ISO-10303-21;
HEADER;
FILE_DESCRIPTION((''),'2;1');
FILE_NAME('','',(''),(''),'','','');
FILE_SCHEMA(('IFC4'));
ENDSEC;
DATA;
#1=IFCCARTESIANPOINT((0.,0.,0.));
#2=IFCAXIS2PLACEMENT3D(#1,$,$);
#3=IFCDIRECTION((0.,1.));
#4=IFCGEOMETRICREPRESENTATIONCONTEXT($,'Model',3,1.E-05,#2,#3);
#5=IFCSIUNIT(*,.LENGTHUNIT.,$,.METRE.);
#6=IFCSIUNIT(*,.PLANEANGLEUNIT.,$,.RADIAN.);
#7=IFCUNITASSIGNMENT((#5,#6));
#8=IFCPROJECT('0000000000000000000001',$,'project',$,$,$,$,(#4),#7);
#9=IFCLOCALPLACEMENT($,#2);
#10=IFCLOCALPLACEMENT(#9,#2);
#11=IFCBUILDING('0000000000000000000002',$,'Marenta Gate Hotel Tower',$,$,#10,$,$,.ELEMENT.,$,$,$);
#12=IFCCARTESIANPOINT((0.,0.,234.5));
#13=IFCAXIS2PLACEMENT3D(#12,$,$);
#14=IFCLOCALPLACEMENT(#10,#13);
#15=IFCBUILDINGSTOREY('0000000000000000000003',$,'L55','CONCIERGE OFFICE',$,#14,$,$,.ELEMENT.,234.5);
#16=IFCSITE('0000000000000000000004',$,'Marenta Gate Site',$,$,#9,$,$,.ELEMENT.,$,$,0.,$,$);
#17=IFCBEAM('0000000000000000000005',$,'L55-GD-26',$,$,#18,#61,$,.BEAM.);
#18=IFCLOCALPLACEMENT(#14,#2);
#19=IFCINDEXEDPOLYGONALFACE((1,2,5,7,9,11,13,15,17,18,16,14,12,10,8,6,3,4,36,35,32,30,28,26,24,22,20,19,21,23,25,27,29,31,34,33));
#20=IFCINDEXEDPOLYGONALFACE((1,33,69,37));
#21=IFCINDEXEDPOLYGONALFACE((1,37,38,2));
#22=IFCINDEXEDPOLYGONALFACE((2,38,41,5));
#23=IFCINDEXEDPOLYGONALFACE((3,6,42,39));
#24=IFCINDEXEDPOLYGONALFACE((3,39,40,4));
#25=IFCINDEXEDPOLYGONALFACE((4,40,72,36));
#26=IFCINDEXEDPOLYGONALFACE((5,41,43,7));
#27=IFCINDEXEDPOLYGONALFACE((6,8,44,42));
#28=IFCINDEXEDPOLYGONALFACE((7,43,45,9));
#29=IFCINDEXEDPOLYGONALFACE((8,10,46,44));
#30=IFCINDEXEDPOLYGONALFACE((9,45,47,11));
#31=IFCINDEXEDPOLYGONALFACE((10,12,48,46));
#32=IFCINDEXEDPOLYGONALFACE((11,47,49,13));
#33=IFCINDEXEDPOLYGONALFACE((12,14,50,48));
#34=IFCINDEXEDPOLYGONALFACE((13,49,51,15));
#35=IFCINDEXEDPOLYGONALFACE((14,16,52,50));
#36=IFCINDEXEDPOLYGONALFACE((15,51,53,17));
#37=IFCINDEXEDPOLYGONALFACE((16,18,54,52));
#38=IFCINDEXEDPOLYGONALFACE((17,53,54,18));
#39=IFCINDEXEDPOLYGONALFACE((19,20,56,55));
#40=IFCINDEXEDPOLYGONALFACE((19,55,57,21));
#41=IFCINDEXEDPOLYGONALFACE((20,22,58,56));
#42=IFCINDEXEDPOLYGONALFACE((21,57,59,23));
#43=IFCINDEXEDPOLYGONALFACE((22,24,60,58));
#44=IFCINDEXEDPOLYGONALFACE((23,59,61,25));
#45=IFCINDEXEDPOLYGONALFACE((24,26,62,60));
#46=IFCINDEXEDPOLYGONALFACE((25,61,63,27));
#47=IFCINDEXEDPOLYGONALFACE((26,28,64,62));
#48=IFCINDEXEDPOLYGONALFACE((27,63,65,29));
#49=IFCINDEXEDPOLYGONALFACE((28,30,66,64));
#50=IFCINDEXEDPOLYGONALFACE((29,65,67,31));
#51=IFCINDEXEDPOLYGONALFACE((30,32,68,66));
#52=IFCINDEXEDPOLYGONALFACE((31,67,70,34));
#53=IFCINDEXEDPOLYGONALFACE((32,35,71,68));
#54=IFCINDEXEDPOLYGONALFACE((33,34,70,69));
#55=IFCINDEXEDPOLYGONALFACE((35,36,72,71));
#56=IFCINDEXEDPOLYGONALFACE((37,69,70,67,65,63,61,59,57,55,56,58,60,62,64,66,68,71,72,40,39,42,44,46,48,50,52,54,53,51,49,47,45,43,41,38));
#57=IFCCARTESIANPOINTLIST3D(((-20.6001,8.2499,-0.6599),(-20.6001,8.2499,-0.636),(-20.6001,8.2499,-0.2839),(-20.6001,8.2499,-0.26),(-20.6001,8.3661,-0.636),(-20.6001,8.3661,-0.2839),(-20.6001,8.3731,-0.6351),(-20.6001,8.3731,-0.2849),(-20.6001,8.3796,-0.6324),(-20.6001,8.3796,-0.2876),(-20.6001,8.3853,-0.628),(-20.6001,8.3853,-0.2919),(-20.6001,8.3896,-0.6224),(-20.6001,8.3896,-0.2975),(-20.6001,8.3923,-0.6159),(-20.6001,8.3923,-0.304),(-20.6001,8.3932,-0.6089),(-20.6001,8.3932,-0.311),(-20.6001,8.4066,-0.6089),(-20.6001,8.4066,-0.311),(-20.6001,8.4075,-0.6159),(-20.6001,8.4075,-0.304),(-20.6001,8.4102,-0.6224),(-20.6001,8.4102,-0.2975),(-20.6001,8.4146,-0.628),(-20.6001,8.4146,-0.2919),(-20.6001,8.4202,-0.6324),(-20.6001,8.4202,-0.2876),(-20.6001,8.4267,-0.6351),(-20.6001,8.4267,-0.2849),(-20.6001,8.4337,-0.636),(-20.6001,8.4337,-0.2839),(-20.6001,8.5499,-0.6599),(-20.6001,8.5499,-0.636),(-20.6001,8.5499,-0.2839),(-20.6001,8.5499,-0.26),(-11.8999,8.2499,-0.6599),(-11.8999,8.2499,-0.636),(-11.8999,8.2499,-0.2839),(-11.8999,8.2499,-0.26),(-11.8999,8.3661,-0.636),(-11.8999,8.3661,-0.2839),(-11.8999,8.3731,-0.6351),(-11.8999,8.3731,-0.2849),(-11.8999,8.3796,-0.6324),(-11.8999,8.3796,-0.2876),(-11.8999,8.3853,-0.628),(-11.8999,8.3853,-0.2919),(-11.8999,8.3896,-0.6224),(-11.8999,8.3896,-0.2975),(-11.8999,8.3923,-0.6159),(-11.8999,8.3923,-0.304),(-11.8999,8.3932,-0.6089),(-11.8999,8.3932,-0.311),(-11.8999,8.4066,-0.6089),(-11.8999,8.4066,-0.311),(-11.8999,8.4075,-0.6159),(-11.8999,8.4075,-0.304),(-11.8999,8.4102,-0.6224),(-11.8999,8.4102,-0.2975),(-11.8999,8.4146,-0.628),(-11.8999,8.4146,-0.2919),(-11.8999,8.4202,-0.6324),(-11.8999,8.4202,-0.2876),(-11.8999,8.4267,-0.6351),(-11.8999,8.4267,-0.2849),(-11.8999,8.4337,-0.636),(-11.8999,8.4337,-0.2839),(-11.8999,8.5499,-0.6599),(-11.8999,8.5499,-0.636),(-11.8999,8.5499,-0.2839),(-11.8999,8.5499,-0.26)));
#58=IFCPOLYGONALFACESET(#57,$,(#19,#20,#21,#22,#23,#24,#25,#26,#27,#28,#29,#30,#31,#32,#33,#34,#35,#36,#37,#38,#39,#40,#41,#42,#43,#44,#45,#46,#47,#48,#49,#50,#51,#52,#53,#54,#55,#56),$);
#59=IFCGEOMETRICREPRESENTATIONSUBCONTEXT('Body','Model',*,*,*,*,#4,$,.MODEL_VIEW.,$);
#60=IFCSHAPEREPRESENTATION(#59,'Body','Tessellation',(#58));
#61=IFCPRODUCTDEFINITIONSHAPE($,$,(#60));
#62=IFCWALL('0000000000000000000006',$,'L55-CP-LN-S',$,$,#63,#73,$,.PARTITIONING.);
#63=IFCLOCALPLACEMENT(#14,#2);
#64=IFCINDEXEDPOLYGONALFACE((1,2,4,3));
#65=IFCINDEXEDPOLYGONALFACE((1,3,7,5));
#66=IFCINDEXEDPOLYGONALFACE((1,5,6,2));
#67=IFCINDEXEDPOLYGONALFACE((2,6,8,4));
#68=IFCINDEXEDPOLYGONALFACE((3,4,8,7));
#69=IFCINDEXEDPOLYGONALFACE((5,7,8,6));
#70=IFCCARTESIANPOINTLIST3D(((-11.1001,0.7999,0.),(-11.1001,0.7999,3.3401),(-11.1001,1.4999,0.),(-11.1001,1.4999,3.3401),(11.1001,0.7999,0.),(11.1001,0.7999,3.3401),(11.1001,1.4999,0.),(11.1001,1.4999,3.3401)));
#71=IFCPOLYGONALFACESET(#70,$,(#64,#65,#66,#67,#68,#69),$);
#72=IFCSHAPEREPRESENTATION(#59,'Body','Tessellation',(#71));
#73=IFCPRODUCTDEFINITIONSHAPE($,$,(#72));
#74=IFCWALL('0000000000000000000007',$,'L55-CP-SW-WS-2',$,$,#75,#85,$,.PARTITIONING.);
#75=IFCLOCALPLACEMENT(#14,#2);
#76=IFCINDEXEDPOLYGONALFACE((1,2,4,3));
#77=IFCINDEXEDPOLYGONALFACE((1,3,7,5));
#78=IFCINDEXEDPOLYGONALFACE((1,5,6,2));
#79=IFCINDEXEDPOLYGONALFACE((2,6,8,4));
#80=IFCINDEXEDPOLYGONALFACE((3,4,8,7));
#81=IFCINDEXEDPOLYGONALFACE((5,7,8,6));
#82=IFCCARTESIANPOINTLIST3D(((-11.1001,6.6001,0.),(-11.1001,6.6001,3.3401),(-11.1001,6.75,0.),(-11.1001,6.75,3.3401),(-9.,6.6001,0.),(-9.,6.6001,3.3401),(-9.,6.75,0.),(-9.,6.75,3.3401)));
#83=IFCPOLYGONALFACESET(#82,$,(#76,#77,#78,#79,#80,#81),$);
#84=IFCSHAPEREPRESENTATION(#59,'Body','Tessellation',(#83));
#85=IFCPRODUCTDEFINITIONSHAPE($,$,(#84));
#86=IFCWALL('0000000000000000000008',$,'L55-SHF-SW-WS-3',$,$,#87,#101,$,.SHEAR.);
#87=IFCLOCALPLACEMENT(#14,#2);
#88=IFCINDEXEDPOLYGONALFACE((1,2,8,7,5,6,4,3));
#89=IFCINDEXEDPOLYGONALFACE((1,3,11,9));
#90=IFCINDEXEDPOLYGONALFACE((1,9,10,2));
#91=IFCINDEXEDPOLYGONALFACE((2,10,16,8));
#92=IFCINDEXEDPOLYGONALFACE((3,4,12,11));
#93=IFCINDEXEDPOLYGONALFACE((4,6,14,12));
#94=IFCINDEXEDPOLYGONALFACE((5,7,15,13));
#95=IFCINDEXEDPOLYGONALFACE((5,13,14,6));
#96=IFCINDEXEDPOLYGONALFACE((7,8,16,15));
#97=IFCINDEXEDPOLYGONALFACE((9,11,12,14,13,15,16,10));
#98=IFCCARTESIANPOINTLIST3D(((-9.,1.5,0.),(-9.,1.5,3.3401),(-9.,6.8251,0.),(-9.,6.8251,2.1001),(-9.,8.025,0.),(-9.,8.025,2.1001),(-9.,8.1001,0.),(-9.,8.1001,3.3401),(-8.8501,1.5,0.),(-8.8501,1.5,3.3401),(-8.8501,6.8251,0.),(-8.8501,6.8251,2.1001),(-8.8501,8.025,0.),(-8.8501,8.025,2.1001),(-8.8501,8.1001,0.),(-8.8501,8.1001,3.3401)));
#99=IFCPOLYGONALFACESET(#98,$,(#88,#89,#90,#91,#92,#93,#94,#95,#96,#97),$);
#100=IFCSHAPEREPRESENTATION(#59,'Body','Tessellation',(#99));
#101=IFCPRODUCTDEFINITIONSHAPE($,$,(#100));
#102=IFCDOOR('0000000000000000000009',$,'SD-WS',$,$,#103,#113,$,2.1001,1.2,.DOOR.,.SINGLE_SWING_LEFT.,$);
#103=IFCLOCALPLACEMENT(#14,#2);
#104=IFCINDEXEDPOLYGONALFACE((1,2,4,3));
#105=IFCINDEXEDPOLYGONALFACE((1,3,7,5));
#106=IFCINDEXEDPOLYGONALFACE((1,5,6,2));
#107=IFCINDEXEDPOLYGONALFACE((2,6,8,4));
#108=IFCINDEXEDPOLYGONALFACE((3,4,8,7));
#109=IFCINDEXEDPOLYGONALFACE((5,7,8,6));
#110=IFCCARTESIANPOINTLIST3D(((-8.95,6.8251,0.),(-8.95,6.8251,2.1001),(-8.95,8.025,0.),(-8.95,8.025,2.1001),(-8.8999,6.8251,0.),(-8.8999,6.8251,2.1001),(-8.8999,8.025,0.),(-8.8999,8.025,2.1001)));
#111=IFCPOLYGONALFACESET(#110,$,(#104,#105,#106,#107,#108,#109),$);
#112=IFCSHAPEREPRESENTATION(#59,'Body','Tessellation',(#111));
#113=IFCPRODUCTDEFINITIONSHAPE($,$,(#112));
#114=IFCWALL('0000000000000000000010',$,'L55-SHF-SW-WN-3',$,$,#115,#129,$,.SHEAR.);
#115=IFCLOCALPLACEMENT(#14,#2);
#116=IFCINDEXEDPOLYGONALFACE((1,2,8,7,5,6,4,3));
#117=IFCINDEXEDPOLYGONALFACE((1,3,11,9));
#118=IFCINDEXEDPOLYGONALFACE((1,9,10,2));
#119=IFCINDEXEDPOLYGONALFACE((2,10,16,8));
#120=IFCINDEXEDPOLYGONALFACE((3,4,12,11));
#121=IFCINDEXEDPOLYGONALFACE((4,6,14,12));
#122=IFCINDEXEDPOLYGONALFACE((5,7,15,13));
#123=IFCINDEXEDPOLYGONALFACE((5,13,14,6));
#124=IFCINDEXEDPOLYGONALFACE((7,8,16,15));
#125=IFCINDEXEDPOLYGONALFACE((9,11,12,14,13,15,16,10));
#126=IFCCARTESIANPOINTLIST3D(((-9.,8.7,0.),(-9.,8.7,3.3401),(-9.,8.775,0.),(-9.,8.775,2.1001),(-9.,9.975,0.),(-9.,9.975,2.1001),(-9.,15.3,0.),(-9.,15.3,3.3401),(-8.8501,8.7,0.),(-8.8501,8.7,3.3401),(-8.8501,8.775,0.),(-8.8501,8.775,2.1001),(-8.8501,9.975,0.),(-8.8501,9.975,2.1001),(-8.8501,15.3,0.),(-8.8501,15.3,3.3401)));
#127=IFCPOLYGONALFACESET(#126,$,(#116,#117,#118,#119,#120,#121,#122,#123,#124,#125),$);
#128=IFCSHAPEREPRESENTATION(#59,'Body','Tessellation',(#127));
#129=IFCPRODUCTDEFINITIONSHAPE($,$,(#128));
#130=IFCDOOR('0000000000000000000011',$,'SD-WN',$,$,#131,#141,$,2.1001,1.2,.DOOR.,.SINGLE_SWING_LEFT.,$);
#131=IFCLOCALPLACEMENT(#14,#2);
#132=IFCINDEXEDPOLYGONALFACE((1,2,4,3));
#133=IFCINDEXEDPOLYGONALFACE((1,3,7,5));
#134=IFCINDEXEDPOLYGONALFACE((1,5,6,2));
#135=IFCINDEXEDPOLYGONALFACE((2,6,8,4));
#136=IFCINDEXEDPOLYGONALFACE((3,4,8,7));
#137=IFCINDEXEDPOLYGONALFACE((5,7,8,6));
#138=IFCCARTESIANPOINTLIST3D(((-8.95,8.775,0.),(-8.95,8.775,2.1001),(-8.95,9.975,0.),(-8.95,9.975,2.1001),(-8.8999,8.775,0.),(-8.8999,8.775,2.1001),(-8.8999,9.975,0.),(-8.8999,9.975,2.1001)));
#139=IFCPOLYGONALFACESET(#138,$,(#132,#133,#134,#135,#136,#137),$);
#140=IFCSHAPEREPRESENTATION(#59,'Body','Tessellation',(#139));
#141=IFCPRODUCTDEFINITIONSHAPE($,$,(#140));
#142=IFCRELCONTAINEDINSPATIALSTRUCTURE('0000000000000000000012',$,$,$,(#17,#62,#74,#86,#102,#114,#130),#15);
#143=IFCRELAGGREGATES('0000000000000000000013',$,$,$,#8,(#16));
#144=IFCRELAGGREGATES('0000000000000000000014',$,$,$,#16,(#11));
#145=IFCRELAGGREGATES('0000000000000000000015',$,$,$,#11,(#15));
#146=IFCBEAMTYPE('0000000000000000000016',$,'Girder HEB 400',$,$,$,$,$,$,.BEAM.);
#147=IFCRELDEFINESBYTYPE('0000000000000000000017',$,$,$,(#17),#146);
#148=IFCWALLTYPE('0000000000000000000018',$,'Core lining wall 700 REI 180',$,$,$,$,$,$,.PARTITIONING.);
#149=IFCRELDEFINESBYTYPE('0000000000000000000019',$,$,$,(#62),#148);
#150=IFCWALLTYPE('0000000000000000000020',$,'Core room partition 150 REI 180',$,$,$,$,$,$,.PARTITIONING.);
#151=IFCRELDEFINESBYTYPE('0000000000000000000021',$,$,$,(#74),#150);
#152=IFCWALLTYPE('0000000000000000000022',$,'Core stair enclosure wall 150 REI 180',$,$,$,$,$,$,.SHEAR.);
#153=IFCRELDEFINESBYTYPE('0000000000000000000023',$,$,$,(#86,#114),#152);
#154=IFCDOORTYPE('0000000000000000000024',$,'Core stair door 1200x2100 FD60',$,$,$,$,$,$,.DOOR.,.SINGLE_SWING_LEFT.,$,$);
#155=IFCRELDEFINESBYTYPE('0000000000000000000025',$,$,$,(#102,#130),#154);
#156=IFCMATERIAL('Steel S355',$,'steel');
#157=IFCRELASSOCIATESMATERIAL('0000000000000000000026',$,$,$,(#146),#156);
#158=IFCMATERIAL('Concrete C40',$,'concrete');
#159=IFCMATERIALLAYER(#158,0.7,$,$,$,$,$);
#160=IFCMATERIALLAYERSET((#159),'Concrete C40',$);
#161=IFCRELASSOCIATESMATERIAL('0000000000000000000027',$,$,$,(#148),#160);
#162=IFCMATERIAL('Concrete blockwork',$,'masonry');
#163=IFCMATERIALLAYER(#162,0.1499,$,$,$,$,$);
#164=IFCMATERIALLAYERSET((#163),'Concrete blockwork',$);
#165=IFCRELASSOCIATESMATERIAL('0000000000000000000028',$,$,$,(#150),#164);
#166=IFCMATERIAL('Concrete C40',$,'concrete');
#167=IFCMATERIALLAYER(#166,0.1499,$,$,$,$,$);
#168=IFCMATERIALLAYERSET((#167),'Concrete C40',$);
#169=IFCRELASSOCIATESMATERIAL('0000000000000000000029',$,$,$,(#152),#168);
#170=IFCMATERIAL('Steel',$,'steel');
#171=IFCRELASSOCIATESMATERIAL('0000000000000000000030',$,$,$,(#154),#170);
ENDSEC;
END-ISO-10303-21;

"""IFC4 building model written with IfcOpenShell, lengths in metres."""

from ifc_helpers import new_model, si_unit, direction, frame, frame_2d, origin, origin_2d, place, context, subcontext, project, spatial, rectangle, i_section, extrude, material, layer, layer_set, material_profile, profile_set, type_object, element, fill, save


model = new_model("IFC4")

# Units and contexts
model_context = context("Model", 3, precision=1e-05, world=origin(), true_north=direction((0.0, 1.0)))
body_context = subcontext(model_context, "Body", "Model", "MODEL_VIEW")
ifc_project = project(units=[si_unit("LENGTHUNIT", "METRE"), si_unit("PLANEANGLEUNIT", "RADIAN")], contexts=[model_context])

# Site, building, storey
site_placement = place(None, origin())
site = spatial("IfcSite", under=ifc_project, at=site_placement, Name="Marenta Gate Site", CompositionType="ELEMENT", RefElevation=0.0)
building_placement = place(site_placement, origin())
building = spatial("IfcBuilding", under=site, at=building_placement, Name="Marenta Gate Hotel Tower", CompositionType="ELEMENT")
storey_placement = place(building_placement, frame((0.0, 0.0, 234.5)))
storey = spatial("IfcBuildingStorey", under=building, at=storey_placement, Name="L55", Description="CONCIERGE OFFICE", CompositionType="ELEMENT", Elevation=234.5)

# Beam
ifc_material_1 = material(Name="Steel S355", Category="steel")
ifc_material_profile = material_profile(ifc_material_1, i_section(OverallWidth=0.3, OverallDepth=0.3999, WebThickness=0.0134, FlangeThickness=0.0239, FilletRadius=0.0271, at=origin_2d()), Name="HEB 400")
ifc_profile_set = profile_set([ifc_material_profile], Name="Steel S355")
beam_type = type_object("IfcBeamType", Name="Girder HEB 400", PredefinedType="BEAM", material=ifc_profile_set)
beam_placement = place(storey_placement, frame((-20.6001, 8.3999, -0.46), z_axis=(1.0, 0.0, 0.0), x_axis=(0.0, 1.0, 0.0)))
element("IfcBeam", 1, at=beam_placement, inside=storey, type_object=beam_type, Name="L55-GD-26", PredefinedType="BEAM", context=body_context, shape_type="SweptSolid", body=[
    extrude(i_section(OverallWidth=0.3, OverallDepth=0.3999, WebThickness=0.0134, FlangeThickness=0.0239, FilletRadius=0.0271, at=origin_2d()), origin(), (0.0, 0.0, 1.0), 8.7002),
])

# Walls
ifc_material_2 = material(Name="Concrete C40", Category="concrete")
ifc_layer_1 = layer(ifc_material_2, 0.7)
ifc_layer_set_1 = layer_set([ifc_layer_1], Name="Concrete C40")
wall_type_1 = type_object("IfcWallType", Name="Core lining wall 700 REI 180", PredefinedType="PARTITIONING", material=ifc_layer_set_1)
wall_1_placement = place(storey_placement, frame((-11.1001, 1.1499, 0.0), z_axis=(0.0, 0.0, 1.0), x_axis=(1.0, 0.0, 0.0)))
element("IfcWall", 2, at=wall_1_placement, inside=storey, type_object=wall_type_1, Name="L55-CP-LN-S", PredefinedType="PARTITIONING", context=body_context, shape_type="SweptSolid", body=[
    extrude(rectangle(XDim=22.2002, YDim=0.7, at=frame_2d((11.1001, 0.0))), origin(), (0.0, 0.0, 1.0), 3.3401),
])
ifc_material_3 = material(Name="Concrete blockwork", Category="masonry")
ifc_layer_2 = layer(ifc_material_3, 0.1499)
ifc_layer_set_2 = layer_set([ifc_layer_2], Name="Concrete blockwork")
wall_type_2 = type_object("IfcWallType", Name="Core room partition 150 REI 180", PredefinedType="PARTITIONING", material=ifc_layer_set_2)
wall_2_placement = place(storey_placement, frame((-11.1001, 6.675, 0.0), z_axis=(0.0, 0.0, 1.0), x_axis=(1.0, 0.0, 0.0)))
element("IfcWall", 3, at=wall_2_placement, inside=storey, type_object=wall_type_2, Name="L55-CP-SW-WS-2", PredefinedType="PARTITIONING", context=body_context, shape_type="SweptSolid", body=[
    extrude(rectangle(XDim=2.1001, YDim=0.1499, at=frame_2d((1.05, 0.0))), origin(), (0.0, 0.0, 1.0), 3.3401),
])

# Walls, openings, doors
ifc_material_4 = material(Name="Concrete C40", Category="concrete")
ifc_layer_3 = layer(ifc_material_4, 0.1499)
ifc_layer_set_3 = layer_set([ifc_layer_3], Name="Concrete C40")
wall_type_3 = type_object("IfcWallType", Name="Core stair enclosure wall 150 REI 180", PredefinedType="SHEAR", material=ifc_layer_set_3)
wall_3_placement = place(storey_placement, frame((-8.925, 1.5, 0.0), z_axis=(0.0, 0.0, 1.0), x_axis=(0.0, 1.0, 0.0)))
wall_3 = element("IfcWall", 4, at=wall_3_placement, inside=storey, type_object=wall_type_3, Name="L55-SHF-SW-WS-3", PredefinedType="SHEAR", context=body_context, shape_type="SweptSolid", body=[
    extrude(rectangle(XDim=6.6001, YDim=0.1499, at=frame_2d((3.3, 0.0))), origin(), (0.0, 0.0, 1.0), 3.3401),
])
opening_1_placement = place(wall_3_placement, frame((5.325, 0.0, 0.0)))
opening_1 = element("IfcOpeningElement", 5, at=opening_1_placement, cuts=wall_3, PredefinedType="OPENING", context=body_context, shape_type="SweptSolid", body=[
    extrude(rectangle(XDim=1.2, YDim=2.1001, at=frame_2d((0.6001, 1.05))), frame((0.0, 0.075, 0.0), z_axis=(0.0, -1.0, 0.0), x_axis=(1.0, 0.0, 0.0)), (0.0, 0.0, 1.0), 0.1499),
])
ifc_material_5 = material(Name="Steel", Category="steel")
door_type_1 = type_object("IfcDoorType", Name="Core stair door 1200x2100 FD60", OperationType="SINGLE_SWING_LEFT", PredefinedType="DOOR", material=ifc_material_5)
door_1_placement = place(opening_1_placement, origin())
door_1 = element("IfcDoor", 6, at=door_1_placement, inside=storey, type_object=door_type_1, Name="SD-WS", OperationType="SINGLE_SWING_LEFT", OverallHeight=2.1001, OverallWidth=1.2, PredefinedType="DOOR", context=body_context, shape_type="SweptSolid", body=[
    extrude(rectangle(XDim=1.2, YDim=2.1001, at=frame_2d((0.6001, 1.05))), frame((0.0, 0.0249, 0.0), z_axis=(0.0, -1.0, 0.0), x_axis=(1.0, 0.0, 0.0)), (0.0, 0.0, 1.0), 0.05),
])
fill(opening_1, door_1)
wall_4_placement = place(storey_placement, frame((-8.925, 8.7, 0.0), z_axis=(0.0, 0.0, 1.0), x_axis=(0.0, 1.0, 0.0)))
wall_4 = element("IfcWall", 7, at=wall_4_placement, inside=storey, type_object=wall_type_3, Name="L55-SHF-SW-WN-3", PredefinedType="SHEAR", context=body_context, shape_type="SweptSolid", body=[
    extrude(rectangle(XDim=6.6001, YDim=0.1499, at=frame_2d((3.3, 0.0))), origin(), (0.0, 0.0, 1.0), 3.3401),
])
opening_2_placement = place(wall_4_placement, frame((0.075, 0.0, 0.0)))
opening_2 = element("IfcOpeningElement", 8, at=opening_2_placement, cuts=wall_4, PredefinedType="OPENING", context=body_context, shape_type="SweptSolid", body=[
    extrude(rectangle(XDim=1.2, YDim=2.1001, at=frame_2d((0.6001, 1.05))), frame((0.0, 0.075, 0.0), z_axis=(0.0, -1.0, 0.0), x_axis=(1.0, 0.0, 0.0)), (0.0, 0.0, 1.0), 0.1499),
])
door_2_placement = place(opening_2_placement, origin())
door_2 = element("IfcDoor", 9, at=door_2_placement, inside=storey, type_object=door_type_1, Name="SD-WN", OperationType="SINGLE_SWING_LEFT", OverallHeight=2.1001, OverallWidth=1.2, PredefinedType="DOOR", context=body_context, shape_type="SweptSolid", body=[
    extrude(rectangle(XDim=1.2, YDim=2.1001, at=frame_2d((0.6001, 1.05))), frame((0.0, 0.0249, 0.0), z_axis=(0.0, -1.0, 0.0), x_axis=(1.0, 0.0, 0.0)), (0.0, 0.0, 1.0), 0.05),
])
fill(opening_2, door_2)

save(model, "model.ifc")
